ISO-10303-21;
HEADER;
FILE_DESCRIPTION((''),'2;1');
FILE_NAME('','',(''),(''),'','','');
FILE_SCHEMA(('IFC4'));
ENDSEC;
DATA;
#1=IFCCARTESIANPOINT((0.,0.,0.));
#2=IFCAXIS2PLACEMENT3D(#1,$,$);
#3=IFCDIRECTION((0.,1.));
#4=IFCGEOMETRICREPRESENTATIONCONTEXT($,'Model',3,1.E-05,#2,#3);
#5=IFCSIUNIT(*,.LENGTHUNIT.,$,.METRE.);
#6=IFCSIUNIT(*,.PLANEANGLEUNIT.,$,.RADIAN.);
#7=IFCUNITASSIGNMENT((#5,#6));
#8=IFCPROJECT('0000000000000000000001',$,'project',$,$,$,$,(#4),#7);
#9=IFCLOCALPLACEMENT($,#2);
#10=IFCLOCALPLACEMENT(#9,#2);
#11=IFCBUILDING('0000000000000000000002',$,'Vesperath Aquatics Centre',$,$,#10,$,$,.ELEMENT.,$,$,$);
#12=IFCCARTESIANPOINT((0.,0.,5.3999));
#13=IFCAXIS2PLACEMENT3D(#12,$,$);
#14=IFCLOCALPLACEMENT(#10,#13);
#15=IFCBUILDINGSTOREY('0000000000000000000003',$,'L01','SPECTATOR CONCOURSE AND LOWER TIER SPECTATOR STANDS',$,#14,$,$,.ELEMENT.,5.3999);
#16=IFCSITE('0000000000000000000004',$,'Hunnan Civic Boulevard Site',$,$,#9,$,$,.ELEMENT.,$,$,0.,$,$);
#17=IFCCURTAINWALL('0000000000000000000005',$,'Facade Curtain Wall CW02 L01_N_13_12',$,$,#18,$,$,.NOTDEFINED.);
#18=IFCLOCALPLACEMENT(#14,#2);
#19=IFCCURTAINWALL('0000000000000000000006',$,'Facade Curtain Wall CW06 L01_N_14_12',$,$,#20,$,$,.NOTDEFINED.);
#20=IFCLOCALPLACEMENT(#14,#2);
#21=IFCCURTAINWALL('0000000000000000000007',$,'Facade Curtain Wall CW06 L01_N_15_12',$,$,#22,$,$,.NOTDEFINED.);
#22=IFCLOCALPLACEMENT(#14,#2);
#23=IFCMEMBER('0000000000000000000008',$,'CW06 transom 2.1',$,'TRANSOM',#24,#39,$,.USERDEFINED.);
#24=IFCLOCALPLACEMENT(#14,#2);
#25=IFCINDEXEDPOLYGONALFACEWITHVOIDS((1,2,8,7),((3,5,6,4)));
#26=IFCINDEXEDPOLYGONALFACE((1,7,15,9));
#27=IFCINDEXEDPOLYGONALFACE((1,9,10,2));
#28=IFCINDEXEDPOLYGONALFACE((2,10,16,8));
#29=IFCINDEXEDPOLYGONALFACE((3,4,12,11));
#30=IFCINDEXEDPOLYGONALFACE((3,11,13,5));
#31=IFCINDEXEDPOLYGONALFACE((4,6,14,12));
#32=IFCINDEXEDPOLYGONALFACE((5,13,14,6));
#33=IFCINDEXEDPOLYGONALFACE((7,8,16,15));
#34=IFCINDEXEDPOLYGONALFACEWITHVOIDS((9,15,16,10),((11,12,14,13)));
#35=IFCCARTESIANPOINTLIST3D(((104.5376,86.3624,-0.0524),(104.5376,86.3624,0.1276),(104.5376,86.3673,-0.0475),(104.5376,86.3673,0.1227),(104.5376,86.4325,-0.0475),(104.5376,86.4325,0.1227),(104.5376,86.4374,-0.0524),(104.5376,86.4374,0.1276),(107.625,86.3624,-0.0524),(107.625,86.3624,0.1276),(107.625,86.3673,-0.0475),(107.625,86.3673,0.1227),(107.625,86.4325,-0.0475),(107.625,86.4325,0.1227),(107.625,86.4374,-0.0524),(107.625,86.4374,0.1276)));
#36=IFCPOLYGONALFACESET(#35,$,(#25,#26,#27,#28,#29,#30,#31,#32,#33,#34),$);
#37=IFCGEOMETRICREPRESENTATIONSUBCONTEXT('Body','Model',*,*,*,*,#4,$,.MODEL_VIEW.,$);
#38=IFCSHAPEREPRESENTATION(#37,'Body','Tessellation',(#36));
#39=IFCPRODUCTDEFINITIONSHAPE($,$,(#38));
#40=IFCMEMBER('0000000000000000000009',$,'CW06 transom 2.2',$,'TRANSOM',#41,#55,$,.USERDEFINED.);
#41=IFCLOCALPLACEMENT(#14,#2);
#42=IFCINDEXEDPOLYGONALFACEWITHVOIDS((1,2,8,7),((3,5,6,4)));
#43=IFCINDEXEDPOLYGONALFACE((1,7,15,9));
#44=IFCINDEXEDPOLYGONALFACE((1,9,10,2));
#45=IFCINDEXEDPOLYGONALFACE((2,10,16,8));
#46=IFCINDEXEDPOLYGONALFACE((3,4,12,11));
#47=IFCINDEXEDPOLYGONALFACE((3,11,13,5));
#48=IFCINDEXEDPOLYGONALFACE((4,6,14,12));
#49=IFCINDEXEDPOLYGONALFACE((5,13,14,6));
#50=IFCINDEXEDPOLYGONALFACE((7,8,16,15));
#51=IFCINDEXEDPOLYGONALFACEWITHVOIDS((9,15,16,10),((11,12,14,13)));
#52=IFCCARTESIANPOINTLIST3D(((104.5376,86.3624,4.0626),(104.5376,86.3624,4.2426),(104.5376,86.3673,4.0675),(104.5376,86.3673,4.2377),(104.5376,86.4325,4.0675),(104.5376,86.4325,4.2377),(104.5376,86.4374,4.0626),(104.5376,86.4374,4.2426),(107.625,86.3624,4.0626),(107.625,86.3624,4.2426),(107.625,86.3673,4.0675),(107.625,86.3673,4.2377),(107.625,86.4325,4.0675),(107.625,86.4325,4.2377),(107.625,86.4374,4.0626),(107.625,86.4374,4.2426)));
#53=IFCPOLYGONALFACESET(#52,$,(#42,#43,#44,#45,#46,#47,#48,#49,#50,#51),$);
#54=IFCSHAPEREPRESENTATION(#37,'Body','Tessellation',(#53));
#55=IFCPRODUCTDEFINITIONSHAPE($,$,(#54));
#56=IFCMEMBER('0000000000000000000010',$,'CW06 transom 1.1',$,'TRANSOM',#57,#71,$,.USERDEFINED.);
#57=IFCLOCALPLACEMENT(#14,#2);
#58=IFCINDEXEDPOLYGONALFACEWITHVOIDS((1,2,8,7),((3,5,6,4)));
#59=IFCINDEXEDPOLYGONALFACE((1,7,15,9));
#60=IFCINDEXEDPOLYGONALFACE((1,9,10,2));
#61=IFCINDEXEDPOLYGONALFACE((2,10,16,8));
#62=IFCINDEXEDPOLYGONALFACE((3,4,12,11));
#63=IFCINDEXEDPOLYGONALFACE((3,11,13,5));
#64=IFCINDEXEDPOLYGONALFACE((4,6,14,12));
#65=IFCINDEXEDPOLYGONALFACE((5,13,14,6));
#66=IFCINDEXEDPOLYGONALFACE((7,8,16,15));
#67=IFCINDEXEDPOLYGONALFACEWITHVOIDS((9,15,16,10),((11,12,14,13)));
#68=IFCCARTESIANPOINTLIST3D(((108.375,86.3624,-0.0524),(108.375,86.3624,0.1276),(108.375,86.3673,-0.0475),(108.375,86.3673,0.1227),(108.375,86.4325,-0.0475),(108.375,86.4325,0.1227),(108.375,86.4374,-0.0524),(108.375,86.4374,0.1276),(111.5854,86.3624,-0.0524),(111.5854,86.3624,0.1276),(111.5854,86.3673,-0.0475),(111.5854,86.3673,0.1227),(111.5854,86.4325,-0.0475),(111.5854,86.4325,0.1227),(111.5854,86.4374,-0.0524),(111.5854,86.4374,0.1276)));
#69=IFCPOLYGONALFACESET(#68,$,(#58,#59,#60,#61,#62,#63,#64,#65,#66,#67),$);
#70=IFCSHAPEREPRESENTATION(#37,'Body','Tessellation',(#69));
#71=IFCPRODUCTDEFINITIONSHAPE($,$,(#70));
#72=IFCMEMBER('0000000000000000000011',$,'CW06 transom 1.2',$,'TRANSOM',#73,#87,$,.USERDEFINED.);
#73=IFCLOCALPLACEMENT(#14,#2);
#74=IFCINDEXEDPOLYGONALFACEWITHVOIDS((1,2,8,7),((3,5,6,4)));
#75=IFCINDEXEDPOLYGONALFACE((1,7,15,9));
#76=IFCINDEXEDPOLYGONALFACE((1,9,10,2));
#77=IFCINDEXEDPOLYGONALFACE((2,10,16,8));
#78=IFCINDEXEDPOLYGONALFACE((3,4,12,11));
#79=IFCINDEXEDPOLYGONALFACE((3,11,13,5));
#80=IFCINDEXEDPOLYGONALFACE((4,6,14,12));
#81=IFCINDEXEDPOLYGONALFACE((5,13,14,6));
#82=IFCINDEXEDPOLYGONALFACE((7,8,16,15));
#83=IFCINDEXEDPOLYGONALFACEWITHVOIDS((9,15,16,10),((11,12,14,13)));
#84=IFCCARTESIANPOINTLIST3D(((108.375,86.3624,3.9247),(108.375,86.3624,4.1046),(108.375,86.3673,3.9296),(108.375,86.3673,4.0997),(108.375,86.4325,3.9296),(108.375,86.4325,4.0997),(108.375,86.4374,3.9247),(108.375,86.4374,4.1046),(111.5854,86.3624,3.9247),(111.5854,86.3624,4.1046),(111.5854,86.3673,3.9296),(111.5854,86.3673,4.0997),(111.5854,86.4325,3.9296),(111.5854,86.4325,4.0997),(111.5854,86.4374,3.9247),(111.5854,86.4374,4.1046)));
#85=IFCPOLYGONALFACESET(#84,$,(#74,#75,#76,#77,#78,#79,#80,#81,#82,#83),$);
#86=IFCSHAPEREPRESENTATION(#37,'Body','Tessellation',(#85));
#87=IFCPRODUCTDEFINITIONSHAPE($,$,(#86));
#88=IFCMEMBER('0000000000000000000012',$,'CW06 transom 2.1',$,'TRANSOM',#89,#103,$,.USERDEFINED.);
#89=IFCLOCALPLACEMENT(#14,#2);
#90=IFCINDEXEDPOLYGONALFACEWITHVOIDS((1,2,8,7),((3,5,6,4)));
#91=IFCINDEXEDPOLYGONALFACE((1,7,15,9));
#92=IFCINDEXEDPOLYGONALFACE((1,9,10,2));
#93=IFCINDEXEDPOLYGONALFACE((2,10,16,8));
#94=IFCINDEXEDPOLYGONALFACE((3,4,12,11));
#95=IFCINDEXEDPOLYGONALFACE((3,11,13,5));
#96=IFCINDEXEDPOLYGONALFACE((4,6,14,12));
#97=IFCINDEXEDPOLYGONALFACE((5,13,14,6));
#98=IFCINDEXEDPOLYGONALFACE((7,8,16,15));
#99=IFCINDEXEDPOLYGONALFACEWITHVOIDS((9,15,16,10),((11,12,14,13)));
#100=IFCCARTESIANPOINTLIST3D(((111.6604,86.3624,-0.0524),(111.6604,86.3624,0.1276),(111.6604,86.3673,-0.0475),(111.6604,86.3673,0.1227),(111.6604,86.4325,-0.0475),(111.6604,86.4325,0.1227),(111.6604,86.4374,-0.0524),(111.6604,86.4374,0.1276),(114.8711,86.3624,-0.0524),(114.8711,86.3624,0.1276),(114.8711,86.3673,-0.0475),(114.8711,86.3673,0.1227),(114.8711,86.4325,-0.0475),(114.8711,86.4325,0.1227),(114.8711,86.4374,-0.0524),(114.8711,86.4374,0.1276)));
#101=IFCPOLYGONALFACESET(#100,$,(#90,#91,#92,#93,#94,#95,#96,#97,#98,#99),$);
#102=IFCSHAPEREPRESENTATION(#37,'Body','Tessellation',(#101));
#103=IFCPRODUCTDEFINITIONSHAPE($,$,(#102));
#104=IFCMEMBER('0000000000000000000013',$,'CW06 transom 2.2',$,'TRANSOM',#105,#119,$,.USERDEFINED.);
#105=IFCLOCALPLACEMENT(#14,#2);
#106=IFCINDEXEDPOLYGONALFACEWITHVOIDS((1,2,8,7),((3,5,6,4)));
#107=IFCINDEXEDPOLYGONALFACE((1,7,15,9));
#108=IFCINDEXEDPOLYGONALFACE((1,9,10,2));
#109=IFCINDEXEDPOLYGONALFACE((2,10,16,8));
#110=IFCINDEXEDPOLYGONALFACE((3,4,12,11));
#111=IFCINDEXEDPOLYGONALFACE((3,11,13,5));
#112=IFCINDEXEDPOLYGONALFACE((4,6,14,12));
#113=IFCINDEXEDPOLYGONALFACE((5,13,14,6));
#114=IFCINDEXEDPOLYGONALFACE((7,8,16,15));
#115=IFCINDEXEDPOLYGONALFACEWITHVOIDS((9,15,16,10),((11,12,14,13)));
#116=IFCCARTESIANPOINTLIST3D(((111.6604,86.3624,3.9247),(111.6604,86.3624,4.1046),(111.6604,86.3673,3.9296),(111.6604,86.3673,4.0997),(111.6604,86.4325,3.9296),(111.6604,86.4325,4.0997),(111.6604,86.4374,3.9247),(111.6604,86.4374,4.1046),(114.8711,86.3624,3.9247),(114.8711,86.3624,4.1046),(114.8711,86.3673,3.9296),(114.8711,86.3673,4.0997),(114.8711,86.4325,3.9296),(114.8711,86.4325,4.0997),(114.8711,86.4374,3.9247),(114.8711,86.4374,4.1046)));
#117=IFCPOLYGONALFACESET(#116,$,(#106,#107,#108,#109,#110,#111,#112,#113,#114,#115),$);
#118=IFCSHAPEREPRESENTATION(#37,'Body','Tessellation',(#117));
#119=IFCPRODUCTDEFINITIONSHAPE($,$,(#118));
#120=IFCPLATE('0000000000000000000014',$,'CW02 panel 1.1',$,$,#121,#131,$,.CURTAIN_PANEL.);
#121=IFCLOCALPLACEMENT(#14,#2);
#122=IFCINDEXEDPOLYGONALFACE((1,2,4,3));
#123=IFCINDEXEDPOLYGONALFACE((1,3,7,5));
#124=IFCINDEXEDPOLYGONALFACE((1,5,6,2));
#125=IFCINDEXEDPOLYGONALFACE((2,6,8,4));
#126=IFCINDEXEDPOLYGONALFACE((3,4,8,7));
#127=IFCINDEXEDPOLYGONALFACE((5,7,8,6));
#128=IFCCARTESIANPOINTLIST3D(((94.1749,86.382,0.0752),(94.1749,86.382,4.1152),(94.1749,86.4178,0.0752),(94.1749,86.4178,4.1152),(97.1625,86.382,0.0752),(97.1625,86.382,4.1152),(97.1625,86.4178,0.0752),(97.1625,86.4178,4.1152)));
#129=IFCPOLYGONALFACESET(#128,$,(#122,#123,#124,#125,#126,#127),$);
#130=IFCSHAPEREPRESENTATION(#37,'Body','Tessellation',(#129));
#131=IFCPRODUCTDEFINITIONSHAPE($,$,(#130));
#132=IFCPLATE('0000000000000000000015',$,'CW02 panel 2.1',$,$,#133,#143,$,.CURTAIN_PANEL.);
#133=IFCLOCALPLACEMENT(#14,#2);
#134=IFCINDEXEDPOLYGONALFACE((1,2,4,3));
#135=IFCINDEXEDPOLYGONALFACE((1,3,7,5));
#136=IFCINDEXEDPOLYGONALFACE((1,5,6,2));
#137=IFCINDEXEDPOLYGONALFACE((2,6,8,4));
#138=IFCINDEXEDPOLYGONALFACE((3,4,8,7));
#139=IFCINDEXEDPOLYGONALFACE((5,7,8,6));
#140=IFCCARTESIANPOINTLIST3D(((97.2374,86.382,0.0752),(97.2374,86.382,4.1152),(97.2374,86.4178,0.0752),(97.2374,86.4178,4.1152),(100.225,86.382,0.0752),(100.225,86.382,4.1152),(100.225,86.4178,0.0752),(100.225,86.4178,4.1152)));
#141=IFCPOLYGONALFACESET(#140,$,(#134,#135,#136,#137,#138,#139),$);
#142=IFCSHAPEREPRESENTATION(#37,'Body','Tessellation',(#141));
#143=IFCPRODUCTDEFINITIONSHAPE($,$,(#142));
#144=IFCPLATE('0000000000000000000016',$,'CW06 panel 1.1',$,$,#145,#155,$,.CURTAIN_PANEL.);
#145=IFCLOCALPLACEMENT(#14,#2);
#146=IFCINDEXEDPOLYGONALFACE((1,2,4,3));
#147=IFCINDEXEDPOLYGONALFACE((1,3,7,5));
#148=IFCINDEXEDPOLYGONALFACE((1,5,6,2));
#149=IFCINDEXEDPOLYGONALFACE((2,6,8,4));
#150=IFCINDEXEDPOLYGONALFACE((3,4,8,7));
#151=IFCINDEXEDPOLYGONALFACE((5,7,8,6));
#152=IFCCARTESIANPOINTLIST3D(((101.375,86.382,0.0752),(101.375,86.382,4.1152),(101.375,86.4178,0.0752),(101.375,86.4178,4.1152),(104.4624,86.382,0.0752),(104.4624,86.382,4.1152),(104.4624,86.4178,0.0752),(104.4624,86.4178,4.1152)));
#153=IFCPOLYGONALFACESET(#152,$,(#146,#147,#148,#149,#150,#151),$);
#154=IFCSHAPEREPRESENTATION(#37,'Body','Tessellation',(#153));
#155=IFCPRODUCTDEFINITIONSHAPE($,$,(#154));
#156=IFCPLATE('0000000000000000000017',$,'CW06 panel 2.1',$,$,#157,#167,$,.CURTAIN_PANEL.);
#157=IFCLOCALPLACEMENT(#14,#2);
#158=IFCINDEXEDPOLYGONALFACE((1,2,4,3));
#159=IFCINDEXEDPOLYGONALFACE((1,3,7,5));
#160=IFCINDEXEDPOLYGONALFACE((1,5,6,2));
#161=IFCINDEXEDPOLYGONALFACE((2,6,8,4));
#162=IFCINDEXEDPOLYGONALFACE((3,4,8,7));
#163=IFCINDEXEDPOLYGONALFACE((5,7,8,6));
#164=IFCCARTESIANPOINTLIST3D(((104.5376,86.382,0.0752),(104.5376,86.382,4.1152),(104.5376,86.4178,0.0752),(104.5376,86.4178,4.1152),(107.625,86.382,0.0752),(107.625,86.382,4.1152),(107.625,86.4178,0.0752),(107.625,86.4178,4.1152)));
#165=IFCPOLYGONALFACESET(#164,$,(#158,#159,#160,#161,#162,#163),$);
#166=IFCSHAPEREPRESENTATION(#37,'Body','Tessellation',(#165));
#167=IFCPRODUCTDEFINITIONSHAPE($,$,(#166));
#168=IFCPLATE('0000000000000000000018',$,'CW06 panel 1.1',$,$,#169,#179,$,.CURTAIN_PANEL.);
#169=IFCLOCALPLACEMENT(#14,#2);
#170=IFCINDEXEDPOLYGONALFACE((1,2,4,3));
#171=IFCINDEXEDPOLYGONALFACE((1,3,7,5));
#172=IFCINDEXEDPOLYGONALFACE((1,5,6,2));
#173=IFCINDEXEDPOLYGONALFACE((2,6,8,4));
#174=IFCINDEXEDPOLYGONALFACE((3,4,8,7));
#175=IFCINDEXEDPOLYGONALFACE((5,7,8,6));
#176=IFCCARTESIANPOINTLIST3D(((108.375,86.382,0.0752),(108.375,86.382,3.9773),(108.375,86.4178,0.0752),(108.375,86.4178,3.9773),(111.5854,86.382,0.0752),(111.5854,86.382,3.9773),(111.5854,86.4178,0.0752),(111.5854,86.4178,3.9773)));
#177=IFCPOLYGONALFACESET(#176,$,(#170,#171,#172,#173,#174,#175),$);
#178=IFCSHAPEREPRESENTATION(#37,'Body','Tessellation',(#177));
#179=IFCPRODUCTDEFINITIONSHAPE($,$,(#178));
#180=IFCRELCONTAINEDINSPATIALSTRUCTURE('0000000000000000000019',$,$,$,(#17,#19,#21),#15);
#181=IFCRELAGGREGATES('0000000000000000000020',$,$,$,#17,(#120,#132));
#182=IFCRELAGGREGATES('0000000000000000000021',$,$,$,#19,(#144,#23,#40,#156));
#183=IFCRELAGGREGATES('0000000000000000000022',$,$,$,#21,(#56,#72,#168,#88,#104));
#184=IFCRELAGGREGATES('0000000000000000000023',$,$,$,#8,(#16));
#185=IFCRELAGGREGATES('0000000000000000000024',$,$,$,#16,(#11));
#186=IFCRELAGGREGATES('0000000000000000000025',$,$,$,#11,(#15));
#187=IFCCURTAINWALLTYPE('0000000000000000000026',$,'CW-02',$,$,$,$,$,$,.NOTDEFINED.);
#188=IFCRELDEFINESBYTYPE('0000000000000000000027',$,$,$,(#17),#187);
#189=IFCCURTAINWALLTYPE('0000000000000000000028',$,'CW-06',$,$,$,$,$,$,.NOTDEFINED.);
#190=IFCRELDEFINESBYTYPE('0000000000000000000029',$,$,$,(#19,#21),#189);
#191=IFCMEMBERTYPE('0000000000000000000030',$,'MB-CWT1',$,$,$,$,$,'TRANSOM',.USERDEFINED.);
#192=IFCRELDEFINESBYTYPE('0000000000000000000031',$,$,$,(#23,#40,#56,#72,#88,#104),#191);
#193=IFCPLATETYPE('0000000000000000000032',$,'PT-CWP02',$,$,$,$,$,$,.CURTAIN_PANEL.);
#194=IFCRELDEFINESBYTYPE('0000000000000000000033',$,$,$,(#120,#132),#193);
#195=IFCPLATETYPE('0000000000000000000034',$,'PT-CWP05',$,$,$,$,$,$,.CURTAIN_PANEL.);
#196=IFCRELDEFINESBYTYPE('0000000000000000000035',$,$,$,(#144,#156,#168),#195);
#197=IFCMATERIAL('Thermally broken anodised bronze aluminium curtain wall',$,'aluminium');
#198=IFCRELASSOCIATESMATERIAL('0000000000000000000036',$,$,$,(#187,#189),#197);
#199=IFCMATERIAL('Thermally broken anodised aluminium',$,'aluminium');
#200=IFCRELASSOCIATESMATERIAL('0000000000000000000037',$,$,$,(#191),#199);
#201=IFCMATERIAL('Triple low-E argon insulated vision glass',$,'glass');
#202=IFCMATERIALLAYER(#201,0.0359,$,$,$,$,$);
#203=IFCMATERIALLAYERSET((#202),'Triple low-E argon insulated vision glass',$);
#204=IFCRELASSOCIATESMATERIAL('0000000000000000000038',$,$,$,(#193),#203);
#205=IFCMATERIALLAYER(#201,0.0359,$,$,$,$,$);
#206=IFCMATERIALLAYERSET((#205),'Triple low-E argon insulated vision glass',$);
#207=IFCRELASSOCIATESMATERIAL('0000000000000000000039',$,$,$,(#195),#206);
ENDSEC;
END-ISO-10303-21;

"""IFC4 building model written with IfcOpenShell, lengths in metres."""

from ifc_helpers import new_model, si_unit, direction, frame, origin, origin_2d, place, context, subcontext, project, spatial, rectangle, hollow_rectangle, extrude, material, layer, layer_set, material_profile, profile_set, type_object, element, aggregate, save


model = new_model("IFC4")

# Units and contexts
model_context = context("Model", 3, precision=1e-05, world=origin(), true_north=direction((0.0, 1.0)))
body_context = subcontext(model_context, "Body", "Model", "MODEL_VIEW")
ifc_project = project(units=[si_unit("LENGTHUNIT", "METRE"), si_unit("PLANEANGLEUNIT", "RADIAN")], contexts=[model_context])

# Site, building, storey
site_placement = place(None, origin())
site = spatial("IfcSite", under=ifc_project, at=site_placement, Name="Hunnan Civic Boulevard Site", CompositionType="ELEMENT", RefElevation=0.0)
building_placement = place(site_placement, origin())
building = spatial("IfcBuilding", under=site, at=building_placement, Name="Vesperath Aquatics Centre", CompositionType="ELEMENT")
storey_placement = place(building_placement, frame((0.0, 0.0, 5.3999)))
storey = spatial("IfcBuildingStorey", under=building, at=storey_placement, Name="L01", Description="SPECTATOR CONCOURSE AND LOWER TIER SPECTATOR STANDS", CompositionType="ELEMENT", Elevation=5.3999)

# Curtain walls
ifc_material_1 = material(Name="Thermally broken anodised bronze aluminium curtain wall", Category="aluminium")
curtain_wall_type_1 = type_object("IfcCurtainWallType", Name="CW-02", PredefinedType="NOTDEFINED", material=ifc_material_1)
curtain_wall_1_placement = place(storey_placement, origin())
curtain_wall_1 = element("IfcCurtainWall", 1, at=curtain_wall_1_placement, inside=storey, type_object=curtain_wall_type_1, Name="Facade Curtain Wall CW02 L01_N_13_12", PredefinedType="NOTDEFINED")
ifc_material_2 = material(Name="Thermally broken anodised aluminium", Category="aluminium")
curtain_wall_type_2 = type_object("IfcCurtainWallType", Name="CW-06", PredefinedType="NOTDEFINED", material=ifc_material_1)
curtain_wall_2_placement = place(storey_placement, origin())
curtain_wall_2 = element("IfcCurtainWall", 2, at=curtain_wall_2_placement, inside=storey, type_object=curtain_wall_type_2, Name="Facade Curtain Wall CW06 L01_N_14_12", PredefinedType="NOTDEFINED")
curtain_wall_3_placement = place(storey_placement, origin())
curtain_wall_3 = element("IfcCurtainWall", 3, at=curtain_wall_3_placement, inside=storey, type_object=curtain_wall_type_2, Name="Facade Curtain Wall CW06 L01_N_15_12", PredefinedType="NOTDEFINED")

# Members
ifc_material_profile_1 = material_profile(ifc_material_2, hollow_rectangle(XDim=0.075, YDim=0.1799, WallThickness=0.0049, at=origin_2d()), Name="CWT 75x180x5")
ifc_profile_set_1 = profile_set([ifc_material_profile_1], Name="Thermally broken anodised aluminium")
member_type_1 = type_object("IfcMemberType", Name="MB-CWT1", ElementType="TRANSOM", PredefinedType="USERDEFINED", material=ifc_profile_set_1)
member_1_placement = place(storey_placement, frame((104.5376, 86.3999, 0.0376), z_axis=(1.0, 0.0, 0.0), x_axis=(0.0, 1.0, 0.0)))
member_1 = element("IfcMember", 4, at=member_1_placement, type_object=member_type_1, Name="CW06 transom 2.1", ObjectType="TRANSOM", PredefinedType="USERDEFINED", context=body_context, shape_type="SweptSolid", body=[
    extrude(hollow_rectangle(XDim=0.075, YDim=0.1799, WallThickness=0.0049, at=origin_2d()), origin(), (0.0, 0.0, 1.0), 3.0874),
])
member_2_placement = place(storey_placement, frame((104.5376, 86.3999, 4.1526), z_axis=(1.0, 0.0, 0.0), x_axis=(0.0, 1.0, 0.0)))
member_2 = element("IfcMember", 5, at=member_2_placement, type_object=member_type_1, Name="CW06 transom 2.2", ObjectType="TRANSOM", PredefinedType="USERDEFINED", context=body_context, shape_type="SweptSolid", body=[
    extrude(hollow_rectangle(XDim=0.075, YDim=0.1799, WallThickness=0.0049, at=origin_2d()), origin(), (0.0, 0.0, 1.0), 3.0874),
])
member_3_placement = place(storey_placement, frame((108.375, 86.3999, 0.0376), z_axis=(1.0, 0.0, 0.0), x_axis=(0.0, 1.0, 0.0)))
member_3 = element("IfcMember", 6, at=member_3_placement, type_object=member_type_1, Name="CW06 transom 1.1", ObjectType="TRANSOM", PredefinedType="USERDEFINED", context=body_context, shape_type="SweptSolid", body=[
    extrude(hollow_rectangle(XDim=0.075, YDim=0.1799, WallThickness=0.0049, at=origin_2d()), origin(), (0.0, 0.0, 1.0), 3.2104),
])
member_4_placement = place(storey_placement, frame((108.375, 86.3999, 4.0146), z_axis=(1.0, 0.0, 0.0), x_axis=(0.0, 1.0, 0.0)))
member_4 = element("IfcMember", 7, at=member_4_placement, type_object=member_type_1, Name="CW06 transom 1.2", ObjectType="TRANSOM", PredefinedType="USERDEFINED", context=body_context, shape_type="SweptSolid", body=[
    extrude(hollow_rectangle(XDim=0.075, YDim=0.1799, WallThickness=0.0049, at=origin_2d()), origin(), (0.0, 0.0, 1.0), 3.2104),
])
member_5_placement = place(storey_placement, frame((111.6604, 86.3999, 0.0376), z_axis=(1.0, 0.0, 0.0), x_axis=(0.0, 1.0, 0.0)))
member_5 = element("IfcMember", 8, at=member_5_placement, type_object=member_type_1, Name="CW06 transom 2.1", ObjectType="TRANSOM", PredefinedType="USERDEFINED", context=body_context, shape_type="SweptSolid", body=[
    extrude(hollow_rectangle(XDim=0.075, YDim=0.1799, WallThickness=0.0049, at=origin_2d()), origin(), (0.0, 0.0, 1.0), 3.2107),
])
member_6_placement = place(storey_placement, frame((111.6604, 86.3999, 4.0146), z_axis=(1.0, 0.0, 0.0), x_axis=(0.0, 1.0, 0.0)))
member_6 = element("IfcMember", 9, at=member_6_placement, type_object=member_type_1, Name="CW06 transom 2.2", ObjectType="TRANSOM", PredefinedType="USERDEFINED", context=body_context, shape_type="SweptSolid", body=[
    extrude(hollow_rectangle(XDim=0.075, YDim=0.1799, WallThickness=0.0049, at=origin_2d()), origin(), (0.0, 0.0, 1.0), 3.2107),
])

# Plates
ifc_material_3 = material(Name="Triple low-E argon insulated vision glass", Category="glass")
ifc_layer_1 = layer(ifc_material_3, 0.0359)
ifc_layer_set_1 = layer_set([ifc_layer_1], Name="Triple low-E argon insulated vision glass")
plate_type_1 = type_object("IfcPlateType", Name="PT-CWP02", PredefinedType="CURTAIN_PANEL", material=ifc_layer_set_1)
plate_1_placement = place(storey_placement, frame((95.6687, 86.3999, 0.0752), z_axis=(0.0, 0.0, 1.0), x_axis=(1.0, 0.0, 0.0)))
plate_1 = element("IfcPlate", 10, at=plate_1_placement, type_object=plate_type_1, Name="CW02 panel 1.1", PredefinedType="CURTAIN_PANEL", context=body_context, shape_type="SweptSolid", body=[
    extrude(rectangle(XDim=2.9875, YDim=0.0359, at=origin_2d()), origin(), (0.0, 0.0, 1.0), 4.04),
])
plate_2_placement = place(storey_placement, frame((98.7312, 86.3999, 0.0752), z_axis=(0.0, 0.0, 1.0), x_axis=(1.0, 0.0, 0.0)))
plate_2 = element("IfcPlate", 11, at=plate_2_placement, type_object=plate_type_1, Name="CW02 panel 2.1", PredefinedType="CURTAIN_PANEL", context=body_context, shape_type="SweptSolid", body=[
    extrude(rectangle(XDim=2.9875, YDim=0.0359, at=origin_2d()), origin(), (0.0, 0.0, 1.0), 4.04),
])
aggregate(curtain_wall_1, [plate_1, plate_2])
ifc_layer_2 = layer(ifc_material_3, 0.0359)
ifc_layer_set_2 = layer_set([ifc_layer_2], Name="Triple low-E argon insulated vision glass")
plate_type_2 = type_object("IfcPlateType", Name="PT-CWP05", PredefinedType="CURTAIN_PANEL", material=ifc_layer_set_2)
plate_3_placement = place(storey_placement, frame((102.9187, 86.3999, 0.0752), z_axis=(0.0, 0.0, 1.0), x_axis=(1.0, 0.0, 0.0)))
plate_3 = element("IfcPlate", 12, at=plate_3_placement, type_object=plate_type_2, Name="CW06 panel 1.1", PredefinedType="CURTAIN_PANEL", context=body_context, shape_type="SweptSolid", body=[
    extrude(rectangle(XDim=3.0874, YDim=0.0359, at=origin_2d()), origin(), (0.0, 0.0, 1.0), 4.04),
])
plate_4_placement = place(storey_placement, frame((106.0813, 86.3999, 0.0752), z_axis=(0.0, 0.0, 1.0), x_axis=(1.0, 0.0, 0.0)))
plate_4 = element("IfcPlate", 13, at=plate_4_placement, type_object=plate_type_2, Name="CW06 panel 2.1", PredefinedType="CURTAIN_PANEL", context=body_context, shape_type="SweptSolid", body=[
    extrude(rectangle(XDim=3.0874, YDim=0.0359, at=origin_2d()), origin(), (0.0, 0.0, 1.0), 4.04),
])
aggregate(curtain_wall_2, [plate_3, member_1, member_2, plate_4])
plate_5_placement = place(storey_placement, frame((109.9802, 86.3999, 0.0752), z_axis=(0.0, 0.0, 1.0), x_axis=(1.0, 0.0, 0.0)))
plate_5 = element("IfcPlate", 14, at=plate_5_placement, type_object=plate_type_2, Name="CW06 panel 1.1", PredefinedType="CURTAIN_PANEL", context=body_context, shape_type="SweptSolid", body=[
    extrude(rectangle(XDim=3.2104, YDim=0.0359, at=origin_2d()), origin(), (0.0, 0.0, 1.0), 3.9021),
])
aggregate(curtain_wall_3, [member_3, member_4, plate_5, member_5, member_6])

save(model, "model.ifc")
